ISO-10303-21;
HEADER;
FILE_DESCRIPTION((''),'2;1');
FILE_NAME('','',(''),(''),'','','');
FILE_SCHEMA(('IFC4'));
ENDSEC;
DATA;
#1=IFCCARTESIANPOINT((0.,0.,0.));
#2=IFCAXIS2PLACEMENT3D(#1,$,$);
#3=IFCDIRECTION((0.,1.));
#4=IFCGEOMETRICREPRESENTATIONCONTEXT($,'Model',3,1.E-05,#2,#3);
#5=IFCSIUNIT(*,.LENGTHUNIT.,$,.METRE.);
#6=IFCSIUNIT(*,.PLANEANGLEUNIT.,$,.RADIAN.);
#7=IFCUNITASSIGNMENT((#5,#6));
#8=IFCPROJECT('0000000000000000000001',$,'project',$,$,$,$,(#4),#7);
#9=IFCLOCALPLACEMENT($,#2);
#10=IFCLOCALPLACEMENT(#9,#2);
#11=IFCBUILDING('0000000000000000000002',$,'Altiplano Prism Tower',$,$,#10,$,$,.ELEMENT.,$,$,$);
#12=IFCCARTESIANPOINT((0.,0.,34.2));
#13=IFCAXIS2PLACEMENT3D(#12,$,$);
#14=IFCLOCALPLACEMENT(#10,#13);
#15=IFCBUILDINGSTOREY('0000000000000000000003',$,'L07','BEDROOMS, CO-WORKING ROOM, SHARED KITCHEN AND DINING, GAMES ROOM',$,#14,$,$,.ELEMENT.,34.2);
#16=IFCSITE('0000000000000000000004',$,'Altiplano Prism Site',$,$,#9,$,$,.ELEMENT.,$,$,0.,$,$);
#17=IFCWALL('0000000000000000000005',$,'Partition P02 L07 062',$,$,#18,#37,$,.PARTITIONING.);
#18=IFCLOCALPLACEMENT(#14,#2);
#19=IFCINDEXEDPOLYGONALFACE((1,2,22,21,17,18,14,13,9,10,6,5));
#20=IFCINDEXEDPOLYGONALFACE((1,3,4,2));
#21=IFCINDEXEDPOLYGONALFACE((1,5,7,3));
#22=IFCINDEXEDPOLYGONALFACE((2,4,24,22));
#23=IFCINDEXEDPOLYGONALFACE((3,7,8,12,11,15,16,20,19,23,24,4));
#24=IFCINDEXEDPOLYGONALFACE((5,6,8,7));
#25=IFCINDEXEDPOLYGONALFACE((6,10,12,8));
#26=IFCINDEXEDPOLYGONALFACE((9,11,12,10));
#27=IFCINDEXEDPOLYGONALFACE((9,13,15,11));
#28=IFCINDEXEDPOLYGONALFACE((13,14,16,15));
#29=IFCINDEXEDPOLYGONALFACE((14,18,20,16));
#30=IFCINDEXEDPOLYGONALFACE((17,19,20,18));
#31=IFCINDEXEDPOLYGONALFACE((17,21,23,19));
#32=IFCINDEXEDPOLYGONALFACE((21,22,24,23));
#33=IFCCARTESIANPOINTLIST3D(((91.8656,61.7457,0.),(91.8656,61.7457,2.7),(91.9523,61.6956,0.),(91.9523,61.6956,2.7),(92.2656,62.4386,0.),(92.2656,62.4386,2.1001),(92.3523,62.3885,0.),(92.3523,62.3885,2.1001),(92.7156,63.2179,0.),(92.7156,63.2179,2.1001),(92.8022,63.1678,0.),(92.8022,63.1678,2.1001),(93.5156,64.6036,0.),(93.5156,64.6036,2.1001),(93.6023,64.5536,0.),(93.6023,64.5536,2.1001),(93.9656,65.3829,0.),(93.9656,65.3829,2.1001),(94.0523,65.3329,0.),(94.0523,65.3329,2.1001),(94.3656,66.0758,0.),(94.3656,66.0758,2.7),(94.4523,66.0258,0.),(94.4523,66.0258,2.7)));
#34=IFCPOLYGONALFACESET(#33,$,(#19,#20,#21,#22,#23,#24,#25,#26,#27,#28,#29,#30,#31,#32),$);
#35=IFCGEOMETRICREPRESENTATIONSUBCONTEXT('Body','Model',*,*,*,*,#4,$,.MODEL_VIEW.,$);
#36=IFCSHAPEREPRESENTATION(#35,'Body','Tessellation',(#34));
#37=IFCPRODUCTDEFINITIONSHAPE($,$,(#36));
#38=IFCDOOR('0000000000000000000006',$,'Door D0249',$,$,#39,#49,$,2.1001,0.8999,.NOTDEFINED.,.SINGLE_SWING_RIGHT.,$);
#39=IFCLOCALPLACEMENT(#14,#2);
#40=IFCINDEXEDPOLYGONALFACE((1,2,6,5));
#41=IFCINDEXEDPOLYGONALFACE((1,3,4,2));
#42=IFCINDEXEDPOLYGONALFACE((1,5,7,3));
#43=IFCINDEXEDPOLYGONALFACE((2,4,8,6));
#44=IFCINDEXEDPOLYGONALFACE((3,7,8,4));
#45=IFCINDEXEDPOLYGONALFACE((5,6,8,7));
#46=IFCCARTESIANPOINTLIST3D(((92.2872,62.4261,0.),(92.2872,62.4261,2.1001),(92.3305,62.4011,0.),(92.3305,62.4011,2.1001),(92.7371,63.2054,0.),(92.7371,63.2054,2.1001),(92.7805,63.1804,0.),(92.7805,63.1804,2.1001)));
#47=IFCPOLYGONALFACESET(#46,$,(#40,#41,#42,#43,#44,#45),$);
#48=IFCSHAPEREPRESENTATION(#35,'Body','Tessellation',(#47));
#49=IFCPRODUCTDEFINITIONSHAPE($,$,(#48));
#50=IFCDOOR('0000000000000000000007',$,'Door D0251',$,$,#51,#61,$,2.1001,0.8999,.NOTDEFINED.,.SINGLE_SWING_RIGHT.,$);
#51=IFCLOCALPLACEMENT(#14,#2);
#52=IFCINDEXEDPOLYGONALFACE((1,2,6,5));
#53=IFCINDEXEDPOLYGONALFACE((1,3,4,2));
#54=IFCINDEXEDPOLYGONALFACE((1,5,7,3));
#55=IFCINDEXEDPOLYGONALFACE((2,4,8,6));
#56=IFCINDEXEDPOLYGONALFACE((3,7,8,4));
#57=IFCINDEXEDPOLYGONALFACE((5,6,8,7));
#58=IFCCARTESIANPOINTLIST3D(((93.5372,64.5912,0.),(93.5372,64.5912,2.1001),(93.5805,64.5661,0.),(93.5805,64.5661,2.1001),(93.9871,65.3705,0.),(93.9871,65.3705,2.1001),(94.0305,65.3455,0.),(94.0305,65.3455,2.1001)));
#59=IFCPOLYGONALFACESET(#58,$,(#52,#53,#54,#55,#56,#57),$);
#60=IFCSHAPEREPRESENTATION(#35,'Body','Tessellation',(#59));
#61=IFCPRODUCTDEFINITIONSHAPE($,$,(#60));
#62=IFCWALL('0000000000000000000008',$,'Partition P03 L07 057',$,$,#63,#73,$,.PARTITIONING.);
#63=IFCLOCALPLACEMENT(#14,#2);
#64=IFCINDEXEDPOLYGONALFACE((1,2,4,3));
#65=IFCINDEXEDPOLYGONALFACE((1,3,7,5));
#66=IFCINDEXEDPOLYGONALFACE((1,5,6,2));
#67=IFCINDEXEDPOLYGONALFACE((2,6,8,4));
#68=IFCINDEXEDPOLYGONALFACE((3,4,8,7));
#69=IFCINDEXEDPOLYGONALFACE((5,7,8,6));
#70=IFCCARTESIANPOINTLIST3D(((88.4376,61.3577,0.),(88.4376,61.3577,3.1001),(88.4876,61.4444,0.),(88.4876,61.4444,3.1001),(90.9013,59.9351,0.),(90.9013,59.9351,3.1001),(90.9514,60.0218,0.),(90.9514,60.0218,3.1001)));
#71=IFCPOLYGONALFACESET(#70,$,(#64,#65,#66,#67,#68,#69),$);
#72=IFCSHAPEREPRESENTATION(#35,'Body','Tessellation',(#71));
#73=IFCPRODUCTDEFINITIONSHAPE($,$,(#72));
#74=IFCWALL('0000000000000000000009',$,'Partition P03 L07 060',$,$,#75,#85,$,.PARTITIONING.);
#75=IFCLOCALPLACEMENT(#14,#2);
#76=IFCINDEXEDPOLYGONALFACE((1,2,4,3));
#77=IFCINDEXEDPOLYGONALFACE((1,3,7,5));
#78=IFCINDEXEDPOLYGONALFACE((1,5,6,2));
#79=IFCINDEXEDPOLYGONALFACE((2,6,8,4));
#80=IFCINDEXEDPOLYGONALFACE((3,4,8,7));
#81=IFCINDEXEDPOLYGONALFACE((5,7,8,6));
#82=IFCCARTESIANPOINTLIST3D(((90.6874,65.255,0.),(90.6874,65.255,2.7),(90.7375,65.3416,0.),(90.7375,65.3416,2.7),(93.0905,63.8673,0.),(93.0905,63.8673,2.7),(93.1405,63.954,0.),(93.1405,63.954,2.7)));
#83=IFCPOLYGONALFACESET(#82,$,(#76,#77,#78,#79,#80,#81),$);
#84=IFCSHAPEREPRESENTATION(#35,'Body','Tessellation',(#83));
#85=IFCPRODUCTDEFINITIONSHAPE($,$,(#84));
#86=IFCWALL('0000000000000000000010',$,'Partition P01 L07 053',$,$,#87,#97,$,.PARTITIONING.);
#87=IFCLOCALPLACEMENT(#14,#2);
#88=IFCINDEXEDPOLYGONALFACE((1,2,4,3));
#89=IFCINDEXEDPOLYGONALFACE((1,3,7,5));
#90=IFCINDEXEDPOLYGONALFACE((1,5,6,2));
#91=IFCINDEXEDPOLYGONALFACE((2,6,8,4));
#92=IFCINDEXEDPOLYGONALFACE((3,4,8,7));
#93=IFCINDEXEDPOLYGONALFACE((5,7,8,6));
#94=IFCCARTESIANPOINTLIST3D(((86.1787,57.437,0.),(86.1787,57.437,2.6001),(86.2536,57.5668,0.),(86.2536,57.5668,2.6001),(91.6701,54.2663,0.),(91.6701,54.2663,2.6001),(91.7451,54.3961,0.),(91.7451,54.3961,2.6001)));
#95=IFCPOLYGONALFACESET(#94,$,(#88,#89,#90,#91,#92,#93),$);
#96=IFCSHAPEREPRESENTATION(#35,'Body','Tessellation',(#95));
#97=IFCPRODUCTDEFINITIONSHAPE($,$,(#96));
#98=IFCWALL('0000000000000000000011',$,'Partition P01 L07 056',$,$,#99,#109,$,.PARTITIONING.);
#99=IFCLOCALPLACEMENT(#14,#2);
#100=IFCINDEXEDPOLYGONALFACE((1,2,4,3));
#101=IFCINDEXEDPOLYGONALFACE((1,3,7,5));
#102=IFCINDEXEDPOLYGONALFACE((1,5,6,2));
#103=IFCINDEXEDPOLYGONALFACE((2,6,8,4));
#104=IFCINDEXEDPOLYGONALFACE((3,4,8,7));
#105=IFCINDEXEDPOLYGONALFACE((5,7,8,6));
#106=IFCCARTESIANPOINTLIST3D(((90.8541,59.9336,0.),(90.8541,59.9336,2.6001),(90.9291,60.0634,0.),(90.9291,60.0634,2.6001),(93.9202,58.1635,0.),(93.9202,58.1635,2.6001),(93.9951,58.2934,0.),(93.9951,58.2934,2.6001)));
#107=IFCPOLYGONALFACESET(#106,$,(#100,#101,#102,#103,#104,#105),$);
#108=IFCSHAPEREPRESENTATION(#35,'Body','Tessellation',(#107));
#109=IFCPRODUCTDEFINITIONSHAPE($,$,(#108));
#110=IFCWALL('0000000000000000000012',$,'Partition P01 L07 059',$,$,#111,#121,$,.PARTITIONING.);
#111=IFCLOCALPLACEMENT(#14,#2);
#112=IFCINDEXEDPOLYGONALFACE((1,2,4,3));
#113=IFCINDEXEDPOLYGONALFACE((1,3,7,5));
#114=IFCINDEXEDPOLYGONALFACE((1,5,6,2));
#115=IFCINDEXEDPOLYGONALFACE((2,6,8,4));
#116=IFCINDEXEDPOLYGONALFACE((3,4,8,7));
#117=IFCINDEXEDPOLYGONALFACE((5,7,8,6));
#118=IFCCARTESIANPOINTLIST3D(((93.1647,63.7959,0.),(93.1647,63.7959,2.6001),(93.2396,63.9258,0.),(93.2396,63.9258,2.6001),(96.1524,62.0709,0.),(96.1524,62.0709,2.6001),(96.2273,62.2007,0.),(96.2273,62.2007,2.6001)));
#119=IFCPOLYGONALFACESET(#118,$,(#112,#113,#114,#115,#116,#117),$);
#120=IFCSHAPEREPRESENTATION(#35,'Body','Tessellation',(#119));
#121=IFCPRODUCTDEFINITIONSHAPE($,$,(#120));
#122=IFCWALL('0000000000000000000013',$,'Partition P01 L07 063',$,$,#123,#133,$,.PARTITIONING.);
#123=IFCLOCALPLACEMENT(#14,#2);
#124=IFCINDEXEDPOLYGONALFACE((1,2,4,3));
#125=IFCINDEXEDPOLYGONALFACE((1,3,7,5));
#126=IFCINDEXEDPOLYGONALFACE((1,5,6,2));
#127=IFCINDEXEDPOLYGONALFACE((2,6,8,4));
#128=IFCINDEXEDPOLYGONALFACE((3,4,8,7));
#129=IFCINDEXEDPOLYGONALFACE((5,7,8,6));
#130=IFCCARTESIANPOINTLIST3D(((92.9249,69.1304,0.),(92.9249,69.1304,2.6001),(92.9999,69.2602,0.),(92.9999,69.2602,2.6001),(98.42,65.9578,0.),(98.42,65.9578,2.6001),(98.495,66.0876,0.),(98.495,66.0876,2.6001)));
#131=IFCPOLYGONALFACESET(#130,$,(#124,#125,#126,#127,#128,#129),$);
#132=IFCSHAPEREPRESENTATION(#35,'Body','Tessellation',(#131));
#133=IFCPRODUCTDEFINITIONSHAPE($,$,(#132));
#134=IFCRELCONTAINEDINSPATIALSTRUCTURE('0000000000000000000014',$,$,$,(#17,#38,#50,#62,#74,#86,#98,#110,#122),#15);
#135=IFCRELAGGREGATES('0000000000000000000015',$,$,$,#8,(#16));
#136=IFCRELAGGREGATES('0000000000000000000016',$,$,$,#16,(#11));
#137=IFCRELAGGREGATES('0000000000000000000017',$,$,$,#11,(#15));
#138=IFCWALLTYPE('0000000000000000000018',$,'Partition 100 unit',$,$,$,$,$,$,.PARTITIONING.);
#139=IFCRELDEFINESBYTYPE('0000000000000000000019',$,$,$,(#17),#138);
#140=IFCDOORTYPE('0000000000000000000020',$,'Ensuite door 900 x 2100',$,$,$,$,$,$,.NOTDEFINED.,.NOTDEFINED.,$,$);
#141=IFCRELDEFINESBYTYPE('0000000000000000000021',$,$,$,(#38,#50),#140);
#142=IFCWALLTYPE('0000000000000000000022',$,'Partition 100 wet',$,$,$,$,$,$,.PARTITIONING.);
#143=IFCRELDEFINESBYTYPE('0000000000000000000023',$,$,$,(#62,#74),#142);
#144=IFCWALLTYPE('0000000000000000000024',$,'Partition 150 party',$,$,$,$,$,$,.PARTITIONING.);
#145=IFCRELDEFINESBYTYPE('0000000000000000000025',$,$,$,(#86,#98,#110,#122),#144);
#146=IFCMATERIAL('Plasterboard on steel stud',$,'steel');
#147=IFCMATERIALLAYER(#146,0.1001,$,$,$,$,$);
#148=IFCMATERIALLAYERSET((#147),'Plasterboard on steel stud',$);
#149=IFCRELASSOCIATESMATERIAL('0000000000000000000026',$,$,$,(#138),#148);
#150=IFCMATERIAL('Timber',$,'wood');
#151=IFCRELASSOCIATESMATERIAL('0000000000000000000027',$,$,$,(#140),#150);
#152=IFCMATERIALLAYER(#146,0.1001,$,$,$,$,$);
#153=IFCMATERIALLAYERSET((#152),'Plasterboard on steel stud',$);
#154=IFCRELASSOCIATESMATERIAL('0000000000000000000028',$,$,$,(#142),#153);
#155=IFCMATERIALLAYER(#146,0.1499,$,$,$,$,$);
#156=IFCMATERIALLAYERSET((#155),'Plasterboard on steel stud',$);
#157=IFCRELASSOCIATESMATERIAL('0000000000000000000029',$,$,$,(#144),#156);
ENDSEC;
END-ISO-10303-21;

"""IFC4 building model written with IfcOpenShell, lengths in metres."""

from ifc_helpers import new_model, si_unit, direction, frame, frame_2d, origin, place, context, subcontext, project, spatial, rectangle, extrude, material, layer, layer_set, type_object, element, fill, save


model = new_model("IFC4")

# Units and contexts
model_context = context("Model", 3, precision=1e-05, world=origin(), true_north=direction((0.0, 1.0)))
body_context = subcontext(model_context, "Body", "Model", "MODEL_VIEW")
ifc_project = project(units=[si_unit("LENGTHUNIT", "METRE"), si_unit("PLANEANGLEUNIT", "RADIAN")], contexts=[model_context])

# Site, building, storey
site_placement = place(None, origin())
site = spatial("IfcSite", under=ifc_project, at=site_placement, Name="Altiplano Prism Site", CompositionType="ELEMENT", RefElevation=0.0)
building_placement = place(site_placement, origin())
building = spatial("IfcBuilding", under=site, at=building_placement, Name="Altiplano Prism Tower", CompositionType="ELEMENT")
storey_placement = place(building_placement, frame((0.0, 0.0, 34.2)))
storey = spatial("IfcBuildingStorey", under=building, at=storey_placement, Name="L07", Description="BEDROOMS, CO-WORKING ROOM, SHARED KITCHEN AND DINING, GAMES ROOM", CompositionType="ELEMENT", Elevation=34.2)

# Shared definitions
ifc_material_1 = material(Name="Plasterboard on steel stud", Category="steel")
ifc_layer_1 = layer(ifc_material_1, 0.1001)
ifc_layer_set_1 = layer_set([ifc_layer_1], Name="Plasterboard on steel stud")
wall_type_1 = type_object("IfcWallType", Name="Partition 100 unit", PredefinedType="PARTITIONING", material=ifc_layer_set_1)

# Wall, openings, doors
wall_1_placement = place(storey_placement, frame((94.4089, 66.0508, 0.0), z_axis=(0.0, 0.0, 1.0), x_axis=(-0.500004, -0.866023, 0.0)))
wall_1 = element("IfcWall", 1, at=wall_1_placement, inside=storey, type_object=wall_type_1, Name="Partition P02 L07 062", PredefinedType="PARTITIONING", context=body_context, shape_type="SweptSolid", body=[
    extrude(rectangle(XDim=5.0, YDim=0.1001, at=frame_2d((2.5, 0.0))), origin(), (0.0, 0.0, 1.0), 2.7),
])
opening_1_placement = place(wall_1_placement, frame((3.3, 0.0, 0.0)))
opening_1 = element("IfcOpeningElement", 2, at=opening_1_placement, cuts=wall_1, PredefinedType="OPENING", context=body_context, shape_type="SweptSolid", body=[
    extrude(rectangle(XDim=0.8999, YDim=2.1001, at=frame_2d((0.45, 1.05))), frame((0.0, 0.0605, 0.0), z_axis=(0.0, -1.0, 0.0), x_axis=(1.0, 0.0, 0.0)), (0.0, 0.0, 1.0), 0.1211),
])
opening_2_placement = place(wall_1_placement, frame((0.8, 0.0, 0.0)))
opening_2 = element("IfcOpeningElement", 3, at=opening_2_placement, cuts=wall_1, PredefinedType="OPENING", context=body_context, shape_type="SweptSolid", body=[
    extrude(rectangle(XDim=0.8999, YDim=2.1001, at=frame_2d((0.45, 1.05))), frame((0.0, 0.0605, 0.0), z_axis=(0.0, -1.0, 0.0), x_axis=(1.0, 0.0, 0.0)), (0.0, 0.0, 1.0), 0.1211),
])
ifc_material_2 = material(Name="Timber", Category="wood")
door_type = type_object("IfcDoorType", Name="Ensuite door 900 x 2100", OperationType="NOTDEFINED", PredefinedType="NOTDEFINED", material=ifc_material_2)
door_1_placement = place(opening_1_placement, origin())
door_1 = element("IfcDoor", 4, at=door_1_placement, inside=storey, type_object=door_type, Name="Door D0249", OperationType="SINGLE_SWING_RIGHT", OverallHeight=2.1001, OverallWidth=0.8999, PredefinedType="NOTDEFINED", context=body_context, shape_type="SweptSolid", body=[
    extrude(rectangle(XDim=0.8999, YDim=2.1001, at=frame_2d((0.45, 1.05))), frame((0.0, 0.0249, 0.0), z_axis=(0.0, -1.0, 0.0), x_axis=(1.0, 0.0, 0.0)), (0.0, 0.0, 1.0), 0.05),
])
fill(opening_1, door_1)
door_2_placement = place(opening_2_placement, origin())
door_2 = element("IfcDoor", 5, at=door_2_placement, inside=storey, type_object=door_type, Name="Door D0251", OperationType="SINGLE_SWING_RIGHT", OverallHeight=2.1001, OverallWidth=0.8999, PredefinedType="NOTDEFINED", context=body_context, shape_type="SweptSolid", body=[
    extrude(rectangle(XDim=0.8999, YDim=2.1001, at=frame_2d((0.45, 1.05))), frame((0.0, 0.0249, 0.0), z_axis=(0.0, -1.0, 0.0), x_axis=(1.0, 0.0, 0.0)), (0.0, 0.0, 1.0), 0.05),
])
fill(opening_2, door_2)

# Walls
ifc_layer_2 = layer(ifc_material_1, 0.1001)
ifc_layer_set_2 = layer_set([ifc_layer_2], Name="Plasterboard on steel stud")
wall_type_2 = type_object("IfcWallType", Name="Partition 100 wet", PredefinedType="PARTITIONING", material=ifc_layer_set_2)
wall_2_placement = place(storey_placement, frame((90.9263, 59.9785, 0.0), z_axis=(0.0, 0.0, 1.0), x_axis=(-0.866011, 0.500025, 0.0)))
element("IfcWall", 6, at=wall_2_placement, inside=storey, type_object=wall_type_2, Name="Partition P03 L07 057", PredefinedType="PARTITIONING", context=body_context, shape_type="SweptSolid", body=[
    extrude(rectangle(XDim=2.845, YDim=0.1001, at=frame_2d((1.4224, 0.0))), origin(), (0.0, 0.0, 1.0), 3.1001),
])
wall_3_placement = place(storey_placement, frame((93.1155, 63.9106, 0.0), z_axis=(0.0, 0.0, 1.0), x_axis=(-0.865982, 0.500075, 0.0)))
element("IfcWall", 7, at=wall_3_placement, inside=storey, type_object=wall_type_2, Name="Partition P03 L07 060", PredefinedType="PARTITIONING", context=body_context, shape_type="SweptSolid", body=[
    extrude(rectangle(XDim=2.7749, YDim=0.1001, at=frame_2d((1.3875, 0.0))), origin(), (0.0, 0.0, 1.0), 2.7),
])
ifc_layer_3 = layer(ifc_material_1, 0.1499)
ifc_layer_set_3 = layer_set([ifc_layer_3], Name="Plasterboard on steel stud")
wall_type_3 = type_object("IfcWallType", Name="Partition 150 party", PredefinedType="PARTITIONING", material=ifc_layer_set_3)
wall_4_placement = place(storey_placement, frame((91.7075, 54.3313, 0.0), z_axis=(0.0, 0.0, 1.0), x_axis=(-0.866014, 0.500019, 0.0)))
element("IfcWall", 8, at=wall_4_placement, inside=storey, type_object=wall_type_3, Name="Partition P01 L07 053", PredefinedType="PARTITIONING", context=body_context, shape_type="SweptSolid", body=[
    extrude(rectangle(XDim=6.3411, YDim=0.1499, at=frame_2d((3.1704, 0.0))), origin(), (0.0, 0.0, 1.0), 2.6001),
])
wall_5_placement = place(storey_placement, frame((93.9575, 58.2285, 0.0), z_axis=(0.0, 0.0, 1.0), x_axis=(-0.866036, 0.499981, 0.0)))
element("IfcWall", 9, at=wall_5_placement, inside=storey, type_object=wall_type_3, Name="Partition P01 L07 056", PredefinedType="PARTITIONING", context=body_context, shape_type="SweptSolid", body=[
    extrude(rectangle(XDim=3.5403, YDim=0.1499, at=frame_2d((1.77, 0.0))), origin(), (0.0, 0.0, 1.0), 2.6001),
])
wall_6_placement = place(storey_placement, frame((96.1899, 62.1357, 0.0), z_axis=(0.0, 0.0, 1.0), x_axis=(-0.866014, 0.500021, 0.0)))
element("IfcWall", 10, at=wall_6_placement, inside=storey, type_object=wall_type_3, Name="Partition P01 L07 059", PredefinedType="PARTITIONING", context=body_context, shape_type="SweptSolid", body=[
    extrude(rectangle(XDim=3.45, YDim=0.1499, at=frame_2d((1.7251, 0.0))), origin(), (0.0, 0.0, 1.0), 2.6001),
])
wall_7_placement = place(storey_placement, frame((98.4575, 66.0227, 0.0), z_axis=(0.0, 0.0, 1.0), x_axis=(-0.866025, 0.5, 0.0)))
element("IfcWall", 11, at=wall_7_placement, inside=storey, type_object=wall_type_3, Name="Partition P01 L07 063", PredefinedType="PARTITIONING", context=body_context, shape_type="SweptSolid", body=[
    extrude(rectangle(XDim=6.3452, YDim=0.1499, at=frame_2d((3.1726, 0.0))), origin(), (0.0, 0.0, 1.0), 2.6001),
])

save(model, "model.ifc")
